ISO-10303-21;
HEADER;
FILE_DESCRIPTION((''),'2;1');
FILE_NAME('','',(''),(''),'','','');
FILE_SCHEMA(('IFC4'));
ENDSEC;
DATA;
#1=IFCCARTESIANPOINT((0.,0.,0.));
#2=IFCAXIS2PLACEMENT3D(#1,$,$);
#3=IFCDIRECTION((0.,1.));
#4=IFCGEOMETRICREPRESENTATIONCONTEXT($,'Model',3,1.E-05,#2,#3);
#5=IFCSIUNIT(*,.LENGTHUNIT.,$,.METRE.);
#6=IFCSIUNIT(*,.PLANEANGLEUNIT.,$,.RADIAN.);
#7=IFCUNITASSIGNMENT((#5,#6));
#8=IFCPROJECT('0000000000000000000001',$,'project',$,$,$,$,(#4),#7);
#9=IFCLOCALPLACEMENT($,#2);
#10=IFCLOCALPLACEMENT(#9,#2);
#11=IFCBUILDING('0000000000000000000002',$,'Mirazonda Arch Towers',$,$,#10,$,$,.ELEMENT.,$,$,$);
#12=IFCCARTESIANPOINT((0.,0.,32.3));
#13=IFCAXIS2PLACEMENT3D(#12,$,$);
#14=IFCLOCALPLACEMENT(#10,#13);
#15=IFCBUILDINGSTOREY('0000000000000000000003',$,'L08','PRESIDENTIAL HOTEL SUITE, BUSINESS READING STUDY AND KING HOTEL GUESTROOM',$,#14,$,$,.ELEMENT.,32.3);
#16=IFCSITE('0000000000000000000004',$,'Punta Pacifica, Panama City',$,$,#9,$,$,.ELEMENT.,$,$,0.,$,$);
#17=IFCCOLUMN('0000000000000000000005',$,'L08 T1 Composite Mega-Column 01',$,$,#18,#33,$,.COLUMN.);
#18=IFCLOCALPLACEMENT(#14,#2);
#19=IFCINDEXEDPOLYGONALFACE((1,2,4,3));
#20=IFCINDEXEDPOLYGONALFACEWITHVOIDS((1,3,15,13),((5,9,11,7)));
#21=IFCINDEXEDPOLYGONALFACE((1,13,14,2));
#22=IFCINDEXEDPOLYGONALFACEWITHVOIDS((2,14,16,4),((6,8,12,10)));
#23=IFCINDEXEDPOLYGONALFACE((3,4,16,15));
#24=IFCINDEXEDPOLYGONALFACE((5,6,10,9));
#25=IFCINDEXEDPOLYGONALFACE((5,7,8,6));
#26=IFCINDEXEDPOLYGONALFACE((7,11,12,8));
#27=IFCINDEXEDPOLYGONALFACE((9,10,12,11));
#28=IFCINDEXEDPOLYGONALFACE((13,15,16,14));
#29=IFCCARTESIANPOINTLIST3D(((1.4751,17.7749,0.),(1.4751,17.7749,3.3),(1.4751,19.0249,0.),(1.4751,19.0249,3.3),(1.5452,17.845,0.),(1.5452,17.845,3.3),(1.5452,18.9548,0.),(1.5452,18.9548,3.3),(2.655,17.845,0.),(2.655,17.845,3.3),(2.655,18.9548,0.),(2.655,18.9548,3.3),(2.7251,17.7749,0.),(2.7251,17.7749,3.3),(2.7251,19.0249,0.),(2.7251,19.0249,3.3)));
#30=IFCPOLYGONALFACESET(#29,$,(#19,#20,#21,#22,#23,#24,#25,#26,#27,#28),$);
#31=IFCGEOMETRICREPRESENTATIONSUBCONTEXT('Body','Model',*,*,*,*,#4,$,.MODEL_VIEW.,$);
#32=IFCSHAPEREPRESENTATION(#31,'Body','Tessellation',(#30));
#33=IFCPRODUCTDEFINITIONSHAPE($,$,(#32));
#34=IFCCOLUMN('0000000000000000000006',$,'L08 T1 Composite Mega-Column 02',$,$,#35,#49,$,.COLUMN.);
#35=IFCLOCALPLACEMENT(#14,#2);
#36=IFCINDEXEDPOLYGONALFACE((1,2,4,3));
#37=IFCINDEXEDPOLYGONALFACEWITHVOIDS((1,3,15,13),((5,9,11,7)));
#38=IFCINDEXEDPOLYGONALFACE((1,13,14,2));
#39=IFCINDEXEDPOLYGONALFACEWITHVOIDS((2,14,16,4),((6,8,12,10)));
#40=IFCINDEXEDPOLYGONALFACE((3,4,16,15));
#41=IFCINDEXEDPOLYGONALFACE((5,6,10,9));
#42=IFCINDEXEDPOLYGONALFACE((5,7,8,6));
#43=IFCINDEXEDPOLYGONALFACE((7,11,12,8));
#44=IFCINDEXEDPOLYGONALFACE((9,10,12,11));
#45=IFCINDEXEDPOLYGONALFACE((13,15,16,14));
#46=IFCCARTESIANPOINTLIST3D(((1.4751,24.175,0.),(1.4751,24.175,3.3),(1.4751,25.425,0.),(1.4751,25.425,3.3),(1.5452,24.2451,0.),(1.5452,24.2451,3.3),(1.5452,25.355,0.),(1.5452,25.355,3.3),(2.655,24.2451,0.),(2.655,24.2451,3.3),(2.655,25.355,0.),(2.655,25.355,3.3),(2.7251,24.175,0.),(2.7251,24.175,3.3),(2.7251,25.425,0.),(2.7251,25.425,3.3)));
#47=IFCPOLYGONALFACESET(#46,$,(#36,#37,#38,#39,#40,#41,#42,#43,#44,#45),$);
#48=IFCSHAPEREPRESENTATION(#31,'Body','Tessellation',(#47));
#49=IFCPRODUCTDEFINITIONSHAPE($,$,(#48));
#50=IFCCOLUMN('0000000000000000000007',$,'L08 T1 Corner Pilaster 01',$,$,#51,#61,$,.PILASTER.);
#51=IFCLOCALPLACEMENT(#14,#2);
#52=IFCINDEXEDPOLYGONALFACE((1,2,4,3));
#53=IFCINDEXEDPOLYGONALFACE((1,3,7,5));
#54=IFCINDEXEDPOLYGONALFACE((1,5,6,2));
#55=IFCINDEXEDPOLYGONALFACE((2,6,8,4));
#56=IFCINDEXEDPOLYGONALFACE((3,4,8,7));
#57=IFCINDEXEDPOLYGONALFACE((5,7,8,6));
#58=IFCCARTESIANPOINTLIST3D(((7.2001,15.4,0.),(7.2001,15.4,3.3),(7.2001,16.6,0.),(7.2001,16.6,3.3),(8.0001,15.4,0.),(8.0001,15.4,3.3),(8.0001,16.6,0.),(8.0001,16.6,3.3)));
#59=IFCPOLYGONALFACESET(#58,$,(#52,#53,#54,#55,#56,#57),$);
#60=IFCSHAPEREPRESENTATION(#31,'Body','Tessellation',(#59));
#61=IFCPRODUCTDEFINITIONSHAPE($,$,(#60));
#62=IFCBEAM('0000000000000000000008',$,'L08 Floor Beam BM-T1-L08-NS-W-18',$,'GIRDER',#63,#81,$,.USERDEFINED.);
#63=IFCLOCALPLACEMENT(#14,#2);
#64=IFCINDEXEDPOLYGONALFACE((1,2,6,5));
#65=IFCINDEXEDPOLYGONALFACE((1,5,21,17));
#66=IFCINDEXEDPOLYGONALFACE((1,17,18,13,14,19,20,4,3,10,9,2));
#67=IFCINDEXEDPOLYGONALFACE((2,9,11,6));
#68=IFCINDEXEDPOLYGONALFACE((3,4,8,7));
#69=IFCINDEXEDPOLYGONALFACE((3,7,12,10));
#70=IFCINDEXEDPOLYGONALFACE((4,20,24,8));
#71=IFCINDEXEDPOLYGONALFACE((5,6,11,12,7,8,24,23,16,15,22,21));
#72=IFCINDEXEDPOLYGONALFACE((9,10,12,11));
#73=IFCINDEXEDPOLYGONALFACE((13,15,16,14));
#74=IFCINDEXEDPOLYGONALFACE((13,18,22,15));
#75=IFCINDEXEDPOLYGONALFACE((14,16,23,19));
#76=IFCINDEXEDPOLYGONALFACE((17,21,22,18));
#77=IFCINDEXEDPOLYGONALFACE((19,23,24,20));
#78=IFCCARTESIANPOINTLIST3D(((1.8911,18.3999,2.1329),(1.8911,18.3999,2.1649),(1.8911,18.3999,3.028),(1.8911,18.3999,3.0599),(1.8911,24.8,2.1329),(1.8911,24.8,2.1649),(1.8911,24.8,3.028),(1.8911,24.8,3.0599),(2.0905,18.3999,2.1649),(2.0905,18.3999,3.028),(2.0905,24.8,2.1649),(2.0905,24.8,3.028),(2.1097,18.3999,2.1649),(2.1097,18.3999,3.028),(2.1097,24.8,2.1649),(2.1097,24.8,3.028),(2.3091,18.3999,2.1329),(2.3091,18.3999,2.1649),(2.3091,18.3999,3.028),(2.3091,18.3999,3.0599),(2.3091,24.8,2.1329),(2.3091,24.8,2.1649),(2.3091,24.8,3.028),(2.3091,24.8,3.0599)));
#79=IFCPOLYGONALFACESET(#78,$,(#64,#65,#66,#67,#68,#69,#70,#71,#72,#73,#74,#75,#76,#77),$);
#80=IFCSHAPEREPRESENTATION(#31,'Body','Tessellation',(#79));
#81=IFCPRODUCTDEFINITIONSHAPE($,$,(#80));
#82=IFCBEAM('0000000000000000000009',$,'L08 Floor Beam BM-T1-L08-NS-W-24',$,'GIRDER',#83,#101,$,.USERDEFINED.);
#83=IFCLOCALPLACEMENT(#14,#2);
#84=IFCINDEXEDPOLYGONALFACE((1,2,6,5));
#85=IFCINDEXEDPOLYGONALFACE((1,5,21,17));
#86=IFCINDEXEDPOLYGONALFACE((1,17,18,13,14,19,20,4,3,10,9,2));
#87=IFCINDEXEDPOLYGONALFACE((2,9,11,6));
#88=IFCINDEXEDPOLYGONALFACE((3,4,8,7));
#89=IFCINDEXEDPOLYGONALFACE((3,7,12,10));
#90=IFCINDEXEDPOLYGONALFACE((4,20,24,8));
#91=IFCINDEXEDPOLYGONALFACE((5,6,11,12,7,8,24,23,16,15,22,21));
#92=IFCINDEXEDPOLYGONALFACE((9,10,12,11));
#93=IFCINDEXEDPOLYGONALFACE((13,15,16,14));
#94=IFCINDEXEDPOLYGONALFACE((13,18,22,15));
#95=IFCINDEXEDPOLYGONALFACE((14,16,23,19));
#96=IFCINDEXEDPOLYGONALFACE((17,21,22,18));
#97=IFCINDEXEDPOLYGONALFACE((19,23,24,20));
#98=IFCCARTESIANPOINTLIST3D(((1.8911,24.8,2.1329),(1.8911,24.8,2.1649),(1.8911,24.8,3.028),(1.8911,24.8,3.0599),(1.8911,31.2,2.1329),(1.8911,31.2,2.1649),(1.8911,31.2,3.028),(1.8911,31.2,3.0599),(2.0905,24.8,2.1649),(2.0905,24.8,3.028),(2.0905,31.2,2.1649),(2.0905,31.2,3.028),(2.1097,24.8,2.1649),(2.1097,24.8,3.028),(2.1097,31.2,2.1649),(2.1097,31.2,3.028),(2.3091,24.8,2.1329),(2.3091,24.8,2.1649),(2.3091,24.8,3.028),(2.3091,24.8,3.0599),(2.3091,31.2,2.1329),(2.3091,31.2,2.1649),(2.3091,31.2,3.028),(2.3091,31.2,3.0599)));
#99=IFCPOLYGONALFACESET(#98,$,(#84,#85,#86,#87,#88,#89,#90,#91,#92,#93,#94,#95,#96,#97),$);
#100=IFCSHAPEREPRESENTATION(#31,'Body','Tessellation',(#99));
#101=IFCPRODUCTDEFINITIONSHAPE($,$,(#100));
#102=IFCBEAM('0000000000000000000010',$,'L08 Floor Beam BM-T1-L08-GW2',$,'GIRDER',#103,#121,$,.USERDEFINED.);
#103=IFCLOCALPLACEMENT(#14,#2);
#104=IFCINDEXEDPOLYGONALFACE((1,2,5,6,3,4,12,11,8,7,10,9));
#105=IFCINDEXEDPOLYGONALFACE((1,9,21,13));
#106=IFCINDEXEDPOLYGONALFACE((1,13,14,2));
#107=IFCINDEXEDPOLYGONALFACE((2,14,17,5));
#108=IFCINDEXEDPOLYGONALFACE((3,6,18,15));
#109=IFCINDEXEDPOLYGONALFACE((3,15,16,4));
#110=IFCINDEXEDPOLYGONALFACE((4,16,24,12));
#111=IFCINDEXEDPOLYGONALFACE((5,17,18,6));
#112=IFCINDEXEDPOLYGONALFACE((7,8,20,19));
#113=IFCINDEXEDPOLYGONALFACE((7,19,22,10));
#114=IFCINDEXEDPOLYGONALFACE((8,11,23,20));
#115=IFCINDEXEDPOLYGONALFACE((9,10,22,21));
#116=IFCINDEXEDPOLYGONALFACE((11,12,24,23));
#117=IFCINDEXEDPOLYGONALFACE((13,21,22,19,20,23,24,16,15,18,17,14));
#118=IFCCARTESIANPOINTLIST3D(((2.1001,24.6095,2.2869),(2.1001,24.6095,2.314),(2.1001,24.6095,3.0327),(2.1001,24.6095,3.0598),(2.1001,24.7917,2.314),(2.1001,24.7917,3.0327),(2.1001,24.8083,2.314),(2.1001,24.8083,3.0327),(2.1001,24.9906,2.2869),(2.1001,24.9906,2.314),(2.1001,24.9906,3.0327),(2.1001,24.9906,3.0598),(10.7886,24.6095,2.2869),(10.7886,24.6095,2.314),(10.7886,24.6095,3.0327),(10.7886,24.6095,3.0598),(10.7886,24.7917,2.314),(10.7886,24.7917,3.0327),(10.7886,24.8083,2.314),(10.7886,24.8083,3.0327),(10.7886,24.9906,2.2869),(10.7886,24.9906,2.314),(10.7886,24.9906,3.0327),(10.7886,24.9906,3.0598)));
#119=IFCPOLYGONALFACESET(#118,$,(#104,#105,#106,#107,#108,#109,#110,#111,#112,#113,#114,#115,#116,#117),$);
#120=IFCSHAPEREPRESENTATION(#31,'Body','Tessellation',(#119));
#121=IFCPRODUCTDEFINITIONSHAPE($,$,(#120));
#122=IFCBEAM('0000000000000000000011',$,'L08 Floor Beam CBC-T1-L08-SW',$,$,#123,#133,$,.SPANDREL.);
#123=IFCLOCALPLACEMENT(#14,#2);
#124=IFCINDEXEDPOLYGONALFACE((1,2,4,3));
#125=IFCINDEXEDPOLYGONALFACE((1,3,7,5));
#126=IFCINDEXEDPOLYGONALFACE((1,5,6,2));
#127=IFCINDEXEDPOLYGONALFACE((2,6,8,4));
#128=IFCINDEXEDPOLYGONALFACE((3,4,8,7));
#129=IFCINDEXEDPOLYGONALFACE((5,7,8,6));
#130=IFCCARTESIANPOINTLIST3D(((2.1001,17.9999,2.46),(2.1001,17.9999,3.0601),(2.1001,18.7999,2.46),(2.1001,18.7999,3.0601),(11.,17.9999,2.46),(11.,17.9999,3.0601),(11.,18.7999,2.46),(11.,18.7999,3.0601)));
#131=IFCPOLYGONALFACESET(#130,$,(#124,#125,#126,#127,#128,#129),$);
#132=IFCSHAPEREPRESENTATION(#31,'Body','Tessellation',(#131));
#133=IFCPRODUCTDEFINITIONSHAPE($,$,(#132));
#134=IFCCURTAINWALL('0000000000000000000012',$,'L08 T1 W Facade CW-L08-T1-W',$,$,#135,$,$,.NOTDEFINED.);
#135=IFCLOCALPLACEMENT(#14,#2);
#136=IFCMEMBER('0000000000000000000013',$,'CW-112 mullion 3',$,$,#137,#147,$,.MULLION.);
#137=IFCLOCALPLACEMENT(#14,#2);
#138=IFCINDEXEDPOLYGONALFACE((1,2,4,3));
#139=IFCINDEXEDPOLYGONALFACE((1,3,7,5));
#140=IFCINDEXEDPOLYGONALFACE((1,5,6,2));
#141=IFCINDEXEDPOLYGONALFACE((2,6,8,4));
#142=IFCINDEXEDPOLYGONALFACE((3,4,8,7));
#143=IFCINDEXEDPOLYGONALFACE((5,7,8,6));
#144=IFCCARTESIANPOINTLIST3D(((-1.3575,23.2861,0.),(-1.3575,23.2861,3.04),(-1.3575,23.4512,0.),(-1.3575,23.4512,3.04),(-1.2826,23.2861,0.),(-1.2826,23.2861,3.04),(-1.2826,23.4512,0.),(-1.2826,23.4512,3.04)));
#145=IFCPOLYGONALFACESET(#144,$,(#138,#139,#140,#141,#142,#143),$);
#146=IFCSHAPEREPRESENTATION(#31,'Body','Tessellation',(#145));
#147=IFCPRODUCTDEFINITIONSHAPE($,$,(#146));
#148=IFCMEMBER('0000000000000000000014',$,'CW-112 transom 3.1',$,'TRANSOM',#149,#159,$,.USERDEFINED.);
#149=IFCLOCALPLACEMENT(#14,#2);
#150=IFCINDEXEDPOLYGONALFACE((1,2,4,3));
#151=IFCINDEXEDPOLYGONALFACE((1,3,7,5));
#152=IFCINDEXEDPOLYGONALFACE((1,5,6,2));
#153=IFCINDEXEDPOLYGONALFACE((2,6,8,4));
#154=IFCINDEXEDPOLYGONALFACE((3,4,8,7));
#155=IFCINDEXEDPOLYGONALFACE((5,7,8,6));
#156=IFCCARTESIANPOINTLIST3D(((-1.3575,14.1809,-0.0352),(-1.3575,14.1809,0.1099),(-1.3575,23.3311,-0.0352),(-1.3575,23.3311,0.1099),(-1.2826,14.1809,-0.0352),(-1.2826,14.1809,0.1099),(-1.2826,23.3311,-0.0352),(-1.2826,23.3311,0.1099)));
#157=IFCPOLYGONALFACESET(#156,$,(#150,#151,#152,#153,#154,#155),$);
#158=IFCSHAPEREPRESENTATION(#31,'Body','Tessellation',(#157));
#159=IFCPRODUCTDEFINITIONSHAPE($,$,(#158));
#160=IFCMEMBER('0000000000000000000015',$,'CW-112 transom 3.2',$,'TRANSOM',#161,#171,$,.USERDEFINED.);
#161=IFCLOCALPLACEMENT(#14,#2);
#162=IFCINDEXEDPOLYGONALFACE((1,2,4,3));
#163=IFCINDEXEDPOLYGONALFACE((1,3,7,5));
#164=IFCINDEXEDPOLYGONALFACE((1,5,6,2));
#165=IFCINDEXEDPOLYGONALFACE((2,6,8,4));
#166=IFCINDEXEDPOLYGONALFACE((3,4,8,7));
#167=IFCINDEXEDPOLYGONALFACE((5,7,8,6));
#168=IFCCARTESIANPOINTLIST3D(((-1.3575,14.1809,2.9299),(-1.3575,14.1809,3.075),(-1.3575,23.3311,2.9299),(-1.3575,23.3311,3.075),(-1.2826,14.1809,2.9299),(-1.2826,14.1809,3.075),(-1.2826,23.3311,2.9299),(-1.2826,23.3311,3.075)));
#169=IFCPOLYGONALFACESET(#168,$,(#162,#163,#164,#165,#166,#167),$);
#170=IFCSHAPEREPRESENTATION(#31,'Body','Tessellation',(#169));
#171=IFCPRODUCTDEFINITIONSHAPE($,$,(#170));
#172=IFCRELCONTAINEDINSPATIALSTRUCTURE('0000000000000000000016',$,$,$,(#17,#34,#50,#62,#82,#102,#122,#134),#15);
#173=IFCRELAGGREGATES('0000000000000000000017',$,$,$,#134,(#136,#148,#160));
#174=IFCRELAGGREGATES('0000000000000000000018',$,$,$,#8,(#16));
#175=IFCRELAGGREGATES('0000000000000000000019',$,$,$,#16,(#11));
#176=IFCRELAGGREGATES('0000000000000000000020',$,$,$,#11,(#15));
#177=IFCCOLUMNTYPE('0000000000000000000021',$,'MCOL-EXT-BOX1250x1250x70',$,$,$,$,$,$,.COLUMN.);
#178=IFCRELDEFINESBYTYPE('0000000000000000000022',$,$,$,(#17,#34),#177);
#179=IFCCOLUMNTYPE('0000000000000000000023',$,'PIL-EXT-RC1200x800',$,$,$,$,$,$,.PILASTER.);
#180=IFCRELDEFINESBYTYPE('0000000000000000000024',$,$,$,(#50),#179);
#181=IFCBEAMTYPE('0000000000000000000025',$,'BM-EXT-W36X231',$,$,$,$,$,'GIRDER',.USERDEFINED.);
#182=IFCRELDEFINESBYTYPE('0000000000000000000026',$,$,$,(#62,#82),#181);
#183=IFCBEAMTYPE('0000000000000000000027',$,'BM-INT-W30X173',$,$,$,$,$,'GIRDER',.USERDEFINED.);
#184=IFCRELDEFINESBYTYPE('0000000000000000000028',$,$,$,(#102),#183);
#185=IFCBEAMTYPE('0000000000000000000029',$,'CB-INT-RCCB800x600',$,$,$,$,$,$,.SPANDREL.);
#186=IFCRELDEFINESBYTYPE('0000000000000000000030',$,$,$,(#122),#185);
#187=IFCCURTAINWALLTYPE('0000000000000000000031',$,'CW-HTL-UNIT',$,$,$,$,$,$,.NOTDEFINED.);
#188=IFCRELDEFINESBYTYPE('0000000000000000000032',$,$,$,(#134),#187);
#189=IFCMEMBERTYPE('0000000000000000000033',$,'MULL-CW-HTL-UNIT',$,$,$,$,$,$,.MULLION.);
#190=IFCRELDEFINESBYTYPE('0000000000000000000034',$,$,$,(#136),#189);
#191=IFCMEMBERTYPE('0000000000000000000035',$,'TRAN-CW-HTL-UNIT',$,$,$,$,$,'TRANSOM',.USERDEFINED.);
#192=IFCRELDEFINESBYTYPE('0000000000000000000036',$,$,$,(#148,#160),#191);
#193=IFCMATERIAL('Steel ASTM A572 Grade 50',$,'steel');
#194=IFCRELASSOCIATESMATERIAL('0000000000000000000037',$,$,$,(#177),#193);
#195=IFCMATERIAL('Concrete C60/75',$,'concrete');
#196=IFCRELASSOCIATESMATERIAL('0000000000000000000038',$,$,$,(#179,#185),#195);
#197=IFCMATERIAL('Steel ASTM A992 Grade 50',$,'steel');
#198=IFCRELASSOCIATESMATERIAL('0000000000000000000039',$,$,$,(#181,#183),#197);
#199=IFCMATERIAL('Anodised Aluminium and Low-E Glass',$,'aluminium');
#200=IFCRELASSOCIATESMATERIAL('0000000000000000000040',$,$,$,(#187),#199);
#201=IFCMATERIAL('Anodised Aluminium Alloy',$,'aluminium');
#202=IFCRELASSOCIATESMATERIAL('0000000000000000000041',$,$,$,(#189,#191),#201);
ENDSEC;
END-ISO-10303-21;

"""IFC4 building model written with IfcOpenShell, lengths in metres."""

from ifc_helpers import new_model, si_unit, direction, frame, origin, origin_2d, place, context, subcontext, project, spatial, rectangle, hollow_rectangle, i_section, extrude, material, material_profile, profile_set, type_object, element, aggregate, save


model = new_model("IFC4")

# Units and contexts
model_context = context("Model", 3, precision=1e-05, world=origin(), true_north=direction((0.0, 1.0)))
body_context = subcontext(model_context, "Body", "Model", "MODEL_VIEW")
ifc_project = project(units=[si_unit("LENGTHUNIT", "METRE"), si_unit("PLANEANGLEUNIT", "RADIAN")], contexts=[model_context])

# Site, building, storey
site_placement = place(None, origin())
site = spatial("IfcSite", under=ifc_project, at=site_placement, Name="Punta Pacifica, Panama City", CompositionType="ELEMENT", RefElevation=0.0)
building_placement = place(site_placement, origin())
building = spatial("IfcBuilding", under=site, at=building_placement, Name="Mirazonda Arch Towers", CompositionType="ELEMENT")
storey_placement = place(building_placement, frame((0.0, 0.0, 32.3)))
storey = spatial("IfcBuildingStorey", under=building, at=storey_placement, Name="L08", Description="PRESIDENTIAL HOTEL SUITE, BUSINESS READING STUDY AND KING HOTEL GUESTROOM", CompositionType="ELEMENT", Elevation=32.3)

# Columns
ifc_material_1 = material(Name="Steel ASTM A572 Grade 50", Category="steel")
ifc_material_profile_1 = material_profile(ifc_material_1, hollow_rectangle(XDim=1.25, YDim=1.25, WallThickness=0.0701, at=origin_2d()), Name="BOX1250x1250x70")
ifc_profile_set_1 = profile_set([ifc_material_profile_1], Name="Steel ASTM A572 Grade 50")
column_type_1 = type_object("IfcColumnType", Name="MCOL-EXT-BOX1250x1250x70", PredefinedType="COLUMN", material=ifc_profile_set_1)
for number, where, z_axis, x_axis, name in (
    (1, (2.1001, 18.3999, 0.0), (0.0, 0.0, 1.0), (1.0, 0.0, 0.0), "L08 T1 Composite Mega-Column 01"),
    (2, (2.1001, 24.8, 0.0), (0.0, 0.0, 1.0), (1.0, 0.0, 0.0), "L08 T1 Composite Mega-Column 02"),
):
    element("IfcColumn", number, at=place(storey_placement, frame(where, z_axis=z_axis, x_axis=x_axis)), inside=storey, type_object=column_type_1, Name=name, PredefinedType="COLUMN", context=body_context, shape_type="SweptSolid", body=[
        extrude(hollow_rectangle(XDim=1.25, YDim=1.25, WallThickness=0.0701, at=origin_2d()), origin(), (0.0, 0.0, 1.0), 3.3),
    ])
ifc_material_2 = material(Name="Concrete C60/75", Category="concrete")
ifc_material_profile_2 = material_profile(ifc_material_2, rectangle(XDim=0.8, YDim=1.2, at=origin_2d()), Name="RC1200x800")
ifc_profile_set_2 = profile_set([ifc_material_profile_2], Name="Concrete C60/75")
column_type_2 = type_object("IfcColumnType", Name="PIL-EXT-RC1200x800", PredefinedType="PILASTER", material=ifc_profile_set_2)
column_placement = place(storey_placement, frame((7.6001, 16.0, 0.0), z_axis=(0.0, 0.0, 1.0), x_axis=(1.0, 0.0, 0.0)))
element("IfcColumn", 3, at=column_placement, inside=storey, type_object=column_type_2, Name="L08 T1 Corner Pilaster 01", PredefinedType="PILASTER", context=body_context, shape_type="SweptSolid", body=[
    extrude(rectangle(XDim=0.8, YDim=1.2, at=origin_2d()), origin(), (0.0, 0.0, 1.0), 3.3),
])

# Beams
ifc_material_3 = material(Name="Steel ASTM A992 Grade 50", Category="steel")
ifc_material_profile_3 = material_profile(ifc_material_3, i_section(OverallWidth=0.418, OverallDepth=0.927, WebThickness=0.0193, FlangeThickness=0.032, at=origin_2d()), Name="W36X231")
ifc_profile_set_3 = profile_set([ifc_material_profile_3], Name="Steel ASTM A992 Grade 50")
beam_type_1 = type_object("IfcBeamType", Name="BM-EXT-W36X231", ElementType="GIRDER", PredefinedType="USERDEFINED", material=ifc_profile_set_3)
beam_1_placement = place(storey_placement, frame((2.1001, 18.3999, 2.5964), z_axis=(0.0, 1.0, 0.0), x_axis=(-1.0, 0.0, 0.0)))
element("IfcBeam", 4, at=beam_1_placement, inside=storey, type_object=beam_type_1, Name="L08 Floor Beam BM-T1-L08-NS-W-18", ObjectType="GIRDER", PredefinedType="USERDEFINED", context=body_context, shape_type="SweptSolid", body=[
    extrude(i_section(OverallWidth=0.418, OverallDepth=0.927, WebThickness=0.0193, FlangeThickness=0.032, at=origin_2d()), origin(), (0.0, 0.0, 1.0), 6.4001),
])
beam_2_placement = place(storey_placement, frame((2.1001, 24.8, 2.5964), z_axis=(0.0, 1.0, 0.0), x_axis=(-1.0, 0.0, 0.0)))
element("IfcBeam", 5, at=beam_2_placement, inside=storey, type_object=beam_type_1, Name="L08 Floor Beam BM-T1-L08-NS-W-24", ObjectType="GIRDER", PredefinedType="USERDEFINED", context=body_context, shape_type="SweptSolid", body=[
    extrude(i_section(OverallWidth=0.418, OverallDepth=0.927, WebThickness=0.0193, FlangeThickness=0.032, at=origin_2d()), origin(), (0.0, 0.0, 1.0), 6.3999),
])
ifc_material_profile_4 = material_profile(ifc_material_3, i_section(OverallWidth=0.3811, OverallDepth=0.7729, WebThickness=0.0166, FlangeThickness=0.0271, at=origin_2d()), Name="W30X173")
ifc_profile_set_4 = profile_set([ifc_material_profile_4], Name="Steel ASTM A992 Grade 50")
beam_type_2 = type_object("IfcBeamType", Name="BM-INT-W30X173", ElementType="GIRDER", PredefinedType="USERDEFINED", material=ifc_profile_set_4)
beam_3_placement = place(storey_placement, frame((2.1001, 24.8, 2.6733), z_axis=(1.0, 0.0, 0.0), x_axis=(0.0, 1.0, 0.0)))
element("IfcBeam", 6, at=beam_3_placement, inside=storey, type_object=beam_type_2, Name="L08 Floor Beam BM-T1-L08-GW2", ObjectType="GIRDER", PredefinedType="USERDEFINED", context=body_context, shape_type="SweptSolid", body=[
    extrude(i_section(OverallWidth=0.3811, OverallDepth=0.7729, WebThickness=0.0166, FlangeThickness=0.0271, at=origin_2d()), origin(), (0.0, 0.0, 1.0), 8.6885),
])
ifc_material_profile_5 = material_profile(ifc_material_2, rectangle(XDim=0.8, YDim=0.6001, at=origin_2d()), Name="RCCB800x600")
ifc_profile_set_5 = profile_set([ifc_material_profile_5], Name="Concrete C60/75")
beam_type_3 = type_object("IfcBeamType", Name="CB-INT-RCCB800x600", PredefinedType="SPANDREL", material=ifc_profile_set_5)
beam_4_placement = place(storey_placement, frame((2.1001, 18.3999, 2.76), z_axis=(1.0, 0.0, 0.0), x_axis=(0.0, 1.0, 0.0)))
element("IfcBeam", 7, at=beam_4_placement, inside=storey, type_object=beam_type_3, Name="L08 Floor Beam CBC-T1-L08-SW", PredefinedType="SPANDREL", context=body_context, shape_type="SweptSolid", body=[
    extrude(rectangle(XDim=0.8, YDim=0.6001, at=origin_2d()), origin(), (0.0, 0.0, 1.0), 8.8999),
])

# Curtain wall, members
ifc_material_4 = material(Name="Anodised Aluminium and Low-E Glass", Category="aluminium")
curtain_wall_type = type_object("IfcCurtainWallType", Name="CW-HTL-UNIT", PredefinedType="NOTDEFINED", material=ifc_material_4)
curtain_wall_placement = place(storey_placement, origin())
curtain_wall = element("IfcCurtainWall", 8, at=curtain_wall_placement, inside=storey, type_object=curtain_wall_type, Name="L08 T1 W Facade CW-L08-T1-W", PredefinedType="NOTDEFINED")
ifc_material_5 = material(Name="Anodised Aluminium Alloy", Category="aluminium")
ifc_material_profile_6 = material_profile(ifc_material_5, rectangle(XDim=0.075, YDim=0.165, at=origin_2d()), Name="ALU-MULL-75x165")
ifc_profile_set_6 = profile_set([ifc_material_profile_6], Name="Anodised Aluminium Alloy")
member_type_1 = type_object("IfcMemberType", Name="MULL-CW-HTL-UNIT", PredefinedType="MULLION", material=ifc_profile_set_6)
member_1_placement = place(storey_placement, frame((-1.3201, 23.3687, 0.0), z_axis=(0.0, 0.0, 1.0), x_axis=(1.0, 0.0, 0.0)))
member_1 = element("IfcMember", 9, at=member_1_placement, type_object=member_type_1, Name="CW-112 mullion 3", PredefinedType="MULLION", context=body_context, shape_type="SweptSolid", body=[
    extrude(rectangle(XDim=0.075, YDim=0.165, at=origin_2d()), origin(), (0.0, 0.0, 1.0), 3.04),
])
ifc_material_profile_7 = material_profile(ifc_material_5, rectangle(XDim=0.075, YDim=0.145, at=origin_2d()), Name="ALU-TRAN-75x145")
ifc_profile_set_7 = profile_set([ifc_material_profile_7], Name="Anodised Aluminium Alloy")
member_type_2 = type_object("IfcMemberType", Name="TRAN-CW-HTL-UNIT", ElementType="TRANSOM", PredefinedType="USERDEFINED", material=ifc_profile_set_7)
member_2_placement = place(storey_placement, frame((-1.3201, 23.3311, 0.0374), z_axis=(0.0, -1.0, 0.0), x_axis=(1.0, 0.0, 0.0)))
member_2 = element("IfcMember", 10, at=member_2_placement, type_object=member_type_2, Name="CW-112 transom 3.1", ObjectType="TRANSOM", PredefinedType="USERDEFINED", context=body_context, shape_type="SweptSolid", body=[
    extrude(rectangle(XDim=0.075, YDim=0.145, at=origin_2d()), origin(), (0.0, 0.0, 1.0), 9.1501),
])
member_3_placement = place(storey_placement, frame((-1.3201, 23.3311, 3.0024), z_axis=(0.0, -1.0, 0.0), x_axis=(1.0, 0.0, 0.0)))
member_3 = element("IfcMember", 11, at=member_3_placement, type_object=member_type_2, Name="CW-112 transom 3.2", ObjectType="TRANSOM", PredefinedType="USERDEFINED", context=body_context, shape_type="SweptSolid", body=[
    extrude(rectangle(XDim=0.075, YDim=0.145, at=origin_2d()), origin(), (0.0, 0.0, 1.0), 9.1501),
])
aggregate(curtain_wall, [member_1, member_2, member_3])

save(model, "model.ifc")
